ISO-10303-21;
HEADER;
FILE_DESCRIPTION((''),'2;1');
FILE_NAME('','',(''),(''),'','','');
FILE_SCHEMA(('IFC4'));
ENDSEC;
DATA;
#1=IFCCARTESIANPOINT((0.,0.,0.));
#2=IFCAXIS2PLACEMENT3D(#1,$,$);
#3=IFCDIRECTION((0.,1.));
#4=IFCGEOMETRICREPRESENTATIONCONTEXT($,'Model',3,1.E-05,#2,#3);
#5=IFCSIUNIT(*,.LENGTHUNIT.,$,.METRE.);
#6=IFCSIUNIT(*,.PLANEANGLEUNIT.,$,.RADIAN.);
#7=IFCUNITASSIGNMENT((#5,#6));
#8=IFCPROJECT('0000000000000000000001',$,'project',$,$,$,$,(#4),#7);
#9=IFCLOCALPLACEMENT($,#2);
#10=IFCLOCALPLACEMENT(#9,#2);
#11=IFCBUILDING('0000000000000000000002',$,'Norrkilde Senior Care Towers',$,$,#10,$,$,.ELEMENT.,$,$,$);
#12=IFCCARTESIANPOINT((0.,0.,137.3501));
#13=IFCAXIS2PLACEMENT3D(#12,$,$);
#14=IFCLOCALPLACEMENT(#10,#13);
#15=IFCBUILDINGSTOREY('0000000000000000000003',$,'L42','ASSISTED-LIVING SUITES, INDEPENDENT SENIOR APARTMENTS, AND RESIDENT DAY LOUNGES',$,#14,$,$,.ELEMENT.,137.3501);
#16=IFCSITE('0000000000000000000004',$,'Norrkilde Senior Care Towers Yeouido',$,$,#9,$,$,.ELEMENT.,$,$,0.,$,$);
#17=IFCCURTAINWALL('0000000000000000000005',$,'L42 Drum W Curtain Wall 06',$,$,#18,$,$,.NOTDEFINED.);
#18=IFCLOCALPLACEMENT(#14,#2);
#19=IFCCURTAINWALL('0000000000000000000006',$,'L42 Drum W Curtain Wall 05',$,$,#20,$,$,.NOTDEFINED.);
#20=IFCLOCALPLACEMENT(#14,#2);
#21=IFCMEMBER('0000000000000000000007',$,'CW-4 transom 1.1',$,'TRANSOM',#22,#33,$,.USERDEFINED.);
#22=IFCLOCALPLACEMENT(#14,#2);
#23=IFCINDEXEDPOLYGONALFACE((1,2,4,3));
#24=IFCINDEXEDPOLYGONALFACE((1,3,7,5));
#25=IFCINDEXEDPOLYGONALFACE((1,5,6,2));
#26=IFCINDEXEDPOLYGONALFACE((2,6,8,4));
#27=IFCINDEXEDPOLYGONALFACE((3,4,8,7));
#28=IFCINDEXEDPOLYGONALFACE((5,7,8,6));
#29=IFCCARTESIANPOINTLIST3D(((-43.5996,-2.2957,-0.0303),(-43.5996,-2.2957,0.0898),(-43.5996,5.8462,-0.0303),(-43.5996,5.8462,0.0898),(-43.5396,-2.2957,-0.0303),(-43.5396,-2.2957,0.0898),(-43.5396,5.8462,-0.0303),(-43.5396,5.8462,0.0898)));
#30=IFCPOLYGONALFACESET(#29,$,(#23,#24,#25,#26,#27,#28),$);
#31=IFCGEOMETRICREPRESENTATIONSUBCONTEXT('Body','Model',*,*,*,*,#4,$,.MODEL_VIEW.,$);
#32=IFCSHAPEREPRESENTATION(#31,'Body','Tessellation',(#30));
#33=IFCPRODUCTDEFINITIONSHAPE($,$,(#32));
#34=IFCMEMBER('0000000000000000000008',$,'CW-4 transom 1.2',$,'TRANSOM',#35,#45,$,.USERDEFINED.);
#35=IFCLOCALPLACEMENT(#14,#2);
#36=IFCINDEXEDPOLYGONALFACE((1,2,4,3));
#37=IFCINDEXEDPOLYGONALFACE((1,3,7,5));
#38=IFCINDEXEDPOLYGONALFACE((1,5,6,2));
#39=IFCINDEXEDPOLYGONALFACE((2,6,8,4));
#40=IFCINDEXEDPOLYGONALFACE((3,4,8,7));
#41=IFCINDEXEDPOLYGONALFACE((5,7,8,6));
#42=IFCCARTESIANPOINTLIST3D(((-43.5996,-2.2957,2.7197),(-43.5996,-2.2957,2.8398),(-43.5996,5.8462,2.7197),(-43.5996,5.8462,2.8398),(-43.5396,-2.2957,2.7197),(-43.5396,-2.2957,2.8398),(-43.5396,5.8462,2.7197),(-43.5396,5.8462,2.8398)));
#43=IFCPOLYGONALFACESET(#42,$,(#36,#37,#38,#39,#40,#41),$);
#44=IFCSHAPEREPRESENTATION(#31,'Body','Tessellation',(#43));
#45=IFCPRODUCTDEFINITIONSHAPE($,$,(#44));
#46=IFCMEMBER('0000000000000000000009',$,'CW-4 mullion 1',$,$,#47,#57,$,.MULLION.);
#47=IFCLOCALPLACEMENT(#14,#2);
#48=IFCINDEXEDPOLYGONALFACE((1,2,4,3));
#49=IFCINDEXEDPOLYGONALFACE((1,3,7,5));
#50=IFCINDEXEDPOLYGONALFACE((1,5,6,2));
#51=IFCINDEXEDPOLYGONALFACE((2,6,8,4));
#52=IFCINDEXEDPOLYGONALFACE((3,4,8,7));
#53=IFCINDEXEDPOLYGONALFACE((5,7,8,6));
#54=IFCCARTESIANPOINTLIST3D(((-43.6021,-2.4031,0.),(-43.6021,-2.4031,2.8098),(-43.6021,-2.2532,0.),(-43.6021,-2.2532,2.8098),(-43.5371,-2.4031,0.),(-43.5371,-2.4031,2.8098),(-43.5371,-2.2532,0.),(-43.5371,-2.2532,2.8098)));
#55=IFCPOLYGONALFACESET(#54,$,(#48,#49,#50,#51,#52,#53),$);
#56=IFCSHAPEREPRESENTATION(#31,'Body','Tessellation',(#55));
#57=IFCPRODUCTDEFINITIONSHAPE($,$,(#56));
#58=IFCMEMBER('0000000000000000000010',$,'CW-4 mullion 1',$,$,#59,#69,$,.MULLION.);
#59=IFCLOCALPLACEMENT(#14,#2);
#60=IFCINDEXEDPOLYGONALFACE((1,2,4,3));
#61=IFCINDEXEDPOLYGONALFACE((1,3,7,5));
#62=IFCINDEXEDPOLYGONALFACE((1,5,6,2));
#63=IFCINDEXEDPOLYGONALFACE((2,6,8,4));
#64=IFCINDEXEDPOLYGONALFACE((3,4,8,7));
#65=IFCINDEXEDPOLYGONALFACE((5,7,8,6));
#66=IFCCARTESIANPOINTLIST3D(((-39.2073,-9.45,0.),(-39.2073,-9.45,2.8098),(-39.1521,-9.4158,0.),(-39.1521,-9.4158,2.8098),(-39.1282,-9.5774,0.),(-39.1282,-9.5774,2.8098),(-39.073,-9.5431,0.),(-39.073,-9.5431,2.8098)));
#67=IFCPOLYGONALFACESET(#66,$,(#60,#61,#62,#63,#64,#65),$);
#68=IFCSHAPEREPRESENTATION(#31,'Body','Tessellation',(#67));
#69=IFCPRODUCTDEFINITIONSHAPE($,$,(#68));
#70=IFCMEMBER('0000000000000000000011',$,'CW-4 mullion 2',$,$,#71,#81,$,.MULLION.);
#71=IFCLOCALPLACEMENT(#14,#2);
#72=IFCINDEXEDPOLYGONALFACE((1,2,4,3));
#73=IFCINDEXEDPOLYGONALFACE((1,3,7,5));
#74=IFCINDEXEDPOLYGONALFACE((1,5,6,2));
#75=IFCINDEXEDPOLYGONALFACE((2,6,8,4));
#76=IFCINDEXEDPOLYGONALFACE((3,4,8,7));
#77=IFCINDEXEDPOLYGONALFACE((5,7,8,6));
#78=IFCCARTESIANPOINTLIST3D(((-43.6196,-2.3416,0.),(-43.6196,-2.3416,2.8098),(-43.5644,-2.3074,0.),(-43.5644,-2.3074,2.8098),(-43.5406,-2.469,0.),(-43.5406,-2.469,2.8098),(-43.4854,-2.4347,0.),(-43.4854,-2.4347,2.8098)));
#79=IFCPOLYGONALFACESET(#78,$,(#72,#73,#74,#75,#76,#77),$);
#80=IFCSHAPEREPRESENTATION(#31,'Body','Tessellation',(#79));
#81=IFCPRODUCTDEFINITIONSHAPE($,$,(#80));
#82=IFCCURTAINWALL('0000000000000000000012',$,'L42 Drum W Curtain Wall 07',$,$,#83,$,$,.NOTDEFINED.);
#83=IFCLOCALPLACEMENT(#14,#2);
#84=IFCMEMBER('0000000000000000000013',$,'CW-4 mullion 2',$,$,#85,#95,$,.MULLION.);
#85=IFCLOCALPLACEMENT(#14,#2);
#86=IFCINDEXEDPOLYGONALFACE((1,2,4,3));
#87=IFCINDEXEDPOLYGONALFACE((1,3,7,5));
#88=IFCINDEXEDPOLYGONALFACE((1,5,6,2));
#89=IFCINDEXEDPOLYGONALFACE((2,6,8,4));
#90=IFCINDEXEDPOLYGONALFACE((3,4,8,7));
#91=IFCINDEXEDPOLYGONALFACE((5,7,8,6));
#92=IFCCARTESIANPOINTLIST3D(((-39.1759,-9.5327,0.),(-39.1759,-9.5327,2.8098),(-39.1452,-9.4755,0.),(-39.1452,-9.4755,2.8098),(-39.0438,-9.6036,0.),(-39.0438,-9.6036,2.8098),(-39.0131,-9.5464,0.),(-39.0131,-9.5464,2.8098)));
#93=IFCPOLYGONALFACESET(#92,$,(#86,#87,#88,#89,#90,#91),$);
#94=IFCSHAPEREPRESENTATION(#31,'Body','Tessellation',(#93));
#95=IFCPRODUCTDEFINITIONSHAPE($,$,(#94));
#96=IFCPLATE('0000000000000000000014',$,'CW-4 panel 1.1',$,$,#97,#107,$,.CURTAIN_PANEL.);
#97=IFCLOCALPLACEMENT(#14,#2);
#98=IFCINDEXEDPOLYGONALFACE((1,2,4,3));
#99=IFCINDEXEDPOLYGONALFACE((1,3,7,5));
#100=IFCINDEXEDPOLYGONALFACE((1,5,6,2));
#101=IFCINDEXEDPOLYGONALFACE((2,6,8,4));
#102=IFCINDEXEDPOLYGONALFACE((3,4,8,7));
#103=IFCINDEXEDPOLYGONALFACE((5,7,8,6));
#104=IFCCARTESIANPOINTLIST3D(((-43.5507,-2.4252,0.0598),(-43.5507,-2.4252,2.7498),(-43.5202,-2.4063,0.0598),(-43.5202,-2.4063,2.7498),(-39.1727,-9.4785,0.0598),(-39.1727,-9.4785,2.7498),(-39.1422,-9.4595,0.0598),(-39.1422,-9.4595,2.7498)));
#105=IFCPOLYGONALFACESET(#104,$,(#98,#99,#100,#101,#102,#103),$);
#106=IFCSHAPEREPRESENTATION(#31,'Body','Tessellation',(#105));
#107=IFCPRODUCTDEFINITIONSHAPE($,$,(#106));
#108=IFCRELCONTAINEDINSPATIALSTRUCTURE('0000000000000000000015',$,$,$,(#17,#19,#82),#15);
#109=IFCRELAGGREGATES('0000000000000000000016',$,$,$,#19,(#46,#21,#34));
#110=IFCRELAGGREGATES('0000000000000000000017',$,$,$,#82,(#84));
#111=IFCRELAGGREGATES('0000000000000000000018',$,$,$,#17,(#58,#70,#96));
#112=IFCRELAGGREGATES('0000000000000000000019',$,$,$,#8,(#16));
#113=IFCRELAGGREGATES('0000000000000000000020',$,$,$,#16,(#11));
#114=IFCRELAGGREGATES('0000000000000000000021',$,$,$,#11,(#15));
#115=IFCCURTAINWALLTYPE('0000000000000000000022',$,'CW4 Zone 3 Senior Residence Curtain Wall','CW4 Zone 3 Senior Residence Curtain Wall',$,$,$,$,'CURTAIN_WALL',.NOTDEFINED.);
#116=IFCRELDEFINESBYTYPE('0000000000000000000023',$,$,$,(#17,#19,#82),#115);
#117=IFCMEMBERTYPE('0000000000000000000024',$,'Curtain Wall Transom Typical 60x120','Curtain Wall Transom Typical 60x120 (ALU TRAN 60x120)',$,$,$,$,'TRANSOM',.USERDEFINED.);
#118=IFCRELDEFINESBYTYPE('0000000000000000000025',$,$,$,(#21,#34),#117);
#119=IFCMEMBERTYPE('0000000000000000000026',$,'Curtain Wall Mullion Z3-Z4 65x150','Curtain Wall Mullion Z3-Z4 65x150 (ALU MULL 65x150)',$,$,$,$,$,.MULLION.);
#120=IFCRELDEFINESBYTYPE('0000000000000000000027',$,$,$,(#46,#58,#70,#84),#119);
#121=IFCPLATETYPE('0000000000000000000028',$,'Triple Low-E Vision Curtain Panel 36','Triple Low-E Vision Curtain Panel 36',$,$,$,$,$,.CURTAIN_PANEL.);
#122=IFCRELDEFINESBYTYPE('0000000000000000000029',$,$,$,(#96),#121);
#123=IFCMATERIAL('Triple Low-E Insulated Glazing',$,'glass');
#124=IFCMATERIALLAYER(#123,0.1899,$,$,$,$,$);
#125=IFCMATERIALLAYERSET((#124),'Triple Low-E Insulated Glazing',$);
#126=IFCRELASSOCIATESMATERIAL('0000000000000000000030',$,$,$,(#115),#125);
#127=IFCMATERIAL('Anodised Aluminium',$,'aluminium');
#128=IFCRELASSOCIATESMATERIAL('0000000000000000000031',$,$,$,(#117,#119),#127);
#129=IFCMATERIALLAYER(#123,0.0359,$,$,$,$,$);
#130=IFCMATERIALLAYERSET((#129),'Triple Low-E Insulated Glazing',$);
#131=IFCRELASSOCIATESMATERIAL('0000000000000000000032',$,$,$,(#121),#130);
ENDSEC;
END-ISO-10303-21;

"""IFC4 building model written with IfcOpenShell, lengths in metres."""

from ifc_helpers import new_model, si_unit, direction, frame, origin, origin_2d, place, context, subcontext, project, spatial, rectangle, extrude, source, transform, mapped, material, layer, layer_set, material_profile, profile_set, type_object, type_shapes, element, aggregate, save


model = new_model("IFC4")

# Units and contexts
model_context = context("Model", 3, precision=1e-05, world=origin(), true_north=direction((0.0, 1.0)))
body_context = subcontext(model_context, "Body", "Model", "MODEL_VIEW")
ifc_project = project(units=[si_unit("LENGTHUNIT", "METRE"), si_unit("PLANEANGLEUNIT", "RADIAN")], contexts=[model_context])

# Site, building, storey
site_placement = place(None, origin())
site = spatial("IfcSite", under=ifc_project, at=site_placement, Name="Norrkilde Senior Care Towers Yeouido", CompositionType="ELEMENT", RefElevation=0.0)
building_placement = place(site_placement, origin())
building = spatial("IfcBuilding", under=site, at=building_placement, Name="Norrkilde Senior Care Towers", CompositionType="ELEMENT")
storey_placement = place(building_placement, frame((0.0, 0.0, 137.3501)))
storey = spatial("IfcBuildingStorey", under=building, at=storey_placement, Name="L42", Description="ASSISTED-LIVING SUITES, INDEPENDENT SENIOR APARTMENTS, AND RESIDENT DAY LOUNGES", CompositionType="ELEMENT", Elevation=137.3501)

# Curtain walls, members
ifc_material_1 = material(Name="Triple Low-E Insulated Glazing", Category="glass")
ifc_layer_1 = layer(ifc_material_1, 0.1899)
ifc_layer_set_1 = layer_set([ifc_layer_1], Name="Triple Low-E Insulated Glazing")
curtain_wall_type = type_object("IfcCurtainWallType", Name="CW4 Zone 3 Senior Residence Curtain Wall", Description="CW4 Zone 3 Senior Residence Curtain Wall", ElementType="CURTAIN_WALL", PredefinedType="NOTDEFINED", material=ifc_layer_set_1)
curtain_wall_1_placement = place(storey_placement, origin())
curtain_wall_1 = element("IfcCurtainWall", 1, at=curtain_wall_1_placement, inside=storey, type_object=curtain_wall_type, Name="L42 Drum W Curtain Wall 06", PredefinedType="NOTDEFINED")
ifc_material_2 = material(Name="Anodised Aluminium", Category="aluminium")
ifc_material_profile_1 = material_profile(ifc_material_2, rectangle(XDim=0.0601, YDim=0.1201, at=origin_2d()), Name="ALU TRAN 60x120")
ifc_profile_set_1 = profile_set([ifc_material_profile_1], Name="Anodised Aluminium")
member_type_1 = type_object("IfcMemberType", Name="Curtain Wall Transom Typical 60x120", Description="Curtain Wall Transom Typical 60x120 (ALU TRAN 60x120)", ElementType="TRANSOM", PredefinedType="USERDEFINED", material=ifc_profile_set_1)
curtain_wall_2_placement = place(storey_placement, origin())
curtain_wall_2 = element("IfcCurtainWall", 2, at=curtain_wall_2_placement, inside=storey, type_object=curtain_wall_type, Name="L42 Drum W Curtain Wall 05", PredefinedType="NOTDEFINED")
shared_shape_1 = source(origin(), body_context, "Body", "SweptSolid", [
    extrude(rectangle(XDim=0.0601, YDim=0.1201, at=origin_2d()), origin(), (0.0, 0.0, 1.0), 8.1418),
])
member_1_placement = place(storey_placement, frame((-43.5696, -2.2957, 0.0298), z_axis=(0.0, 1.0, 0.0), x_axis=(-1.0, 0.0, 0.0)))
member_1 = element("IfcMember", 3, at=member_1_placement, type_object=member_type_1, Name="CW-4 transom 1.1", ObjectType="TRANSOM", PredefinedType="USERDEFINED", context=body_context, shape_type="MappedRepresentation", body=[
    mapped(shared_shape_1, transform((0.0, 0.0, 0.0), x_axis=(1.0, 0.0, 0.0), y_axis=(0.0, 1.0, 0.0), z_axis=(0.0, 0.0, 1.0), scale=1.0)),
])
member_2_placement = place(storey_placement, frame((-43.5696, -2.2957, 2.7798), z_axis=(0.0, 1.0, 0.0), x_axis=(-1.0, 0.0, 0.0)))
member_2 = element("IfcMember", 4, at=member_2_placement, type_object=member_type_1, Name="CW-4 transom 1.2", ObjectType="TRANSOM", PredefinedType="USERDEFINED", context=body_context, shape_type="MappedRepresentation", body=[
    mapped(shared_shape_1, transform((0.0, 0.0, 0.0), x_axis=(1.0, 0.0, 0.0), y_axis=(0.0, 1.0, 0.0), z_axis=(0.0, 0.0, 1.0), scale=1.0)),
])
ifc_material_profile_2 = material_profile(ifc_material_2, rectangle(XDim=0.0649, YDim=0.1499, at=origin_2d()), Name="ALU MULL 65x150")
ifc_profile_set_2 = profile_set([ifc_material_profile_2], Name="Anodised Aluminium")
member_type_2 = type_object("IfcMemberType", Name="Curtain Wall Mullion Z3-Z4 65x150", Description="Curtain Wall Mullion Z3-Z4 65x150 (ALU MULL 65x150)", PredefinedType="MULLION", material=ifc_profile_set_2)
shared_shape_2 = source(origin(), body_context, "Body", "SweptSolid", [
    extrude(rectangle(XDim=0.0649, YDim=0.1499, at=origin_2d()), origin(), (0.0, 0.0, 1.0), 2.8098),
])
type_shapes(member_type_2, [shared_shape_2])
member_3_placement = place(storey_placement, frame((-43.5696, -2.3281, 0.0), z_axis=(0.0, 0.0, 1.0), x_axis=(-1.0, 0.0, 0.0)))
member_3 = element("IfcMember", 5, at=member_3_placement, type_object=member_type_2, Name="CW-4 mullion 1", PredefinedType="MULLION", context=body_context, shape_type="MappedRepresentation", body=[
    mapped(shared_shape_2, transform((0.0, 0.0, 0.0), x_axis=(1.0, 0.0, 0.0), y_axis=(0.0, 1.0, 0.0), z_axis=(0.0, 0.0, 1.0), scale=1.0)),
])
aggregate(curtain_wall_2, [member_3, member_1, member_2])

# Members
member_4_placement = place(storey_placement, frame((-39.1401, -9.4966, 0.0), z_axis=(0.0, 0.0, 1.0), x_axis=(-0.849634, -0.527373, 0.0)))
member_4 = element("IfcMember", 6, at=member_4_placement, type_object=member_type_2, Name="CW-4 mullion 1", PredefinedType="MULLION", context=body_context, shape_type="MappedRepresentation", body=[
    mapped(shared_shape_2, transform((0.0, 0.0, 0.0), x_axis=(1.0, 0.0, 0.0), y_axis=(0.0, 1.0, 0.0), z_axis=(0.0, 0.0, 1.0), scale=1.0)),
])
member_5_placement = place(storey_placement, frame((-43.5525, -2.3882, 0.0), z_axis=(0.0, 0.0, 1.0), x_axis=(-0.849634, -0.527373, 0.0)))
member_5 = element("IfcMember", 7, at=member_5_placement, type_object=member_type_2, Name="CW-4 mullion 2", PredefinedType="MULLION", context=body_context, shape_type="MappedRepresentation", body=[
    mapped(shared_shape_2, transform((0.0, 0.0, 0.0), x_axis=(1.0, 0.0, 0.0), y_axis=(0.0, 1.0, 0.0), z_axis=(0.0, 0.0, 1.0), scale=1.0)),
])

# Curtain wall, member
curtain_wall_3_placement = place(storey_placement, origin())
curtain_wall_3 = element("IfcCurtainWall", 8, at=curtain_wall_3_placement, inside=storey, type_object=curtain_wall_type, Name="L42 Drum W Curtain Wall 07", PredefinedType="NOTDEFINED")
member_6_placement = place(storey_placement, frame((-39.0945, -9.5396, 0.0), z_axis=(0.0, 0.0, 1.0), x_axis=(-0.473117, -0.881, 0.0)))
member_6 = element("IfcMember", 9, at=member_6_placement, type_object=member_type_2, Name="CW-4 mullion 2", PredefinedType="MULLION", context=body_context, shape_type="MappedRepresentation", body=[
    mapped(shared_shape_2, transform((0.0, 0.0, 0.0), x_axis=(1.0, 0.0, 0.0), y_axis=(0.0, 1.0, 0.0), z_axis=(0.0, 0.0, 1.0), scale=1.0)),
])
aggregate(curtain_wall_3, [member_6])

# Plate
ifc_layer_2 = layer(ifc_material_1, 0.0359)
ifc_layer_set_2 = layer_set([ifc_layer_2], Name="Triple Low-E Insulated Glazing")
plate_type = type_object("IfcPlateType", Name="Triple Low-E Vision Curtain Panel 36", Description="Triple Low-E Vision Curtain Panel 36", PredefinedType="CURTAIN_PANEL", material=ifc_layer_set_2)
shared_shape_3 = source(origin(), body_context, "Body", "SweptSolid", [
    extrude(rectangle(XDim=8.3015, YDim=0.0359, at=origin_2d()), origin(), (0.0, 0.0, 1.0), 2.6899),
])
type_shapes(plate_type, [shared_shape_3])
plate_placement = place(storey_placement, frame((-41.3464, -5.9424, 0.0598), z_axis=(0.0, 0.0, 1.0), x_axis=(-0.527373, 0.849634, 0.0)))
plate = element("IfcPlate", 10, at=plate_placement, type_object=plate_type, Name="CW-4 panel 1.1", PredefinedType="CURTAIN_PANEL", context=body_context, shape_type="MappedRepresentation", body=[
    mapped(shared_shape_3, transform((0.0, 0.0, 0.0), x_axis=(1.0, 0.0, 0.0), y_axis=(0.0, 1.0, 0.0), z_axis=(0.0, 0.0, 1.0), scale=1.0)),
])
aggregate(curtain_wall_1, [member_4, member_5, plate])

save(model, "model.ifc")
